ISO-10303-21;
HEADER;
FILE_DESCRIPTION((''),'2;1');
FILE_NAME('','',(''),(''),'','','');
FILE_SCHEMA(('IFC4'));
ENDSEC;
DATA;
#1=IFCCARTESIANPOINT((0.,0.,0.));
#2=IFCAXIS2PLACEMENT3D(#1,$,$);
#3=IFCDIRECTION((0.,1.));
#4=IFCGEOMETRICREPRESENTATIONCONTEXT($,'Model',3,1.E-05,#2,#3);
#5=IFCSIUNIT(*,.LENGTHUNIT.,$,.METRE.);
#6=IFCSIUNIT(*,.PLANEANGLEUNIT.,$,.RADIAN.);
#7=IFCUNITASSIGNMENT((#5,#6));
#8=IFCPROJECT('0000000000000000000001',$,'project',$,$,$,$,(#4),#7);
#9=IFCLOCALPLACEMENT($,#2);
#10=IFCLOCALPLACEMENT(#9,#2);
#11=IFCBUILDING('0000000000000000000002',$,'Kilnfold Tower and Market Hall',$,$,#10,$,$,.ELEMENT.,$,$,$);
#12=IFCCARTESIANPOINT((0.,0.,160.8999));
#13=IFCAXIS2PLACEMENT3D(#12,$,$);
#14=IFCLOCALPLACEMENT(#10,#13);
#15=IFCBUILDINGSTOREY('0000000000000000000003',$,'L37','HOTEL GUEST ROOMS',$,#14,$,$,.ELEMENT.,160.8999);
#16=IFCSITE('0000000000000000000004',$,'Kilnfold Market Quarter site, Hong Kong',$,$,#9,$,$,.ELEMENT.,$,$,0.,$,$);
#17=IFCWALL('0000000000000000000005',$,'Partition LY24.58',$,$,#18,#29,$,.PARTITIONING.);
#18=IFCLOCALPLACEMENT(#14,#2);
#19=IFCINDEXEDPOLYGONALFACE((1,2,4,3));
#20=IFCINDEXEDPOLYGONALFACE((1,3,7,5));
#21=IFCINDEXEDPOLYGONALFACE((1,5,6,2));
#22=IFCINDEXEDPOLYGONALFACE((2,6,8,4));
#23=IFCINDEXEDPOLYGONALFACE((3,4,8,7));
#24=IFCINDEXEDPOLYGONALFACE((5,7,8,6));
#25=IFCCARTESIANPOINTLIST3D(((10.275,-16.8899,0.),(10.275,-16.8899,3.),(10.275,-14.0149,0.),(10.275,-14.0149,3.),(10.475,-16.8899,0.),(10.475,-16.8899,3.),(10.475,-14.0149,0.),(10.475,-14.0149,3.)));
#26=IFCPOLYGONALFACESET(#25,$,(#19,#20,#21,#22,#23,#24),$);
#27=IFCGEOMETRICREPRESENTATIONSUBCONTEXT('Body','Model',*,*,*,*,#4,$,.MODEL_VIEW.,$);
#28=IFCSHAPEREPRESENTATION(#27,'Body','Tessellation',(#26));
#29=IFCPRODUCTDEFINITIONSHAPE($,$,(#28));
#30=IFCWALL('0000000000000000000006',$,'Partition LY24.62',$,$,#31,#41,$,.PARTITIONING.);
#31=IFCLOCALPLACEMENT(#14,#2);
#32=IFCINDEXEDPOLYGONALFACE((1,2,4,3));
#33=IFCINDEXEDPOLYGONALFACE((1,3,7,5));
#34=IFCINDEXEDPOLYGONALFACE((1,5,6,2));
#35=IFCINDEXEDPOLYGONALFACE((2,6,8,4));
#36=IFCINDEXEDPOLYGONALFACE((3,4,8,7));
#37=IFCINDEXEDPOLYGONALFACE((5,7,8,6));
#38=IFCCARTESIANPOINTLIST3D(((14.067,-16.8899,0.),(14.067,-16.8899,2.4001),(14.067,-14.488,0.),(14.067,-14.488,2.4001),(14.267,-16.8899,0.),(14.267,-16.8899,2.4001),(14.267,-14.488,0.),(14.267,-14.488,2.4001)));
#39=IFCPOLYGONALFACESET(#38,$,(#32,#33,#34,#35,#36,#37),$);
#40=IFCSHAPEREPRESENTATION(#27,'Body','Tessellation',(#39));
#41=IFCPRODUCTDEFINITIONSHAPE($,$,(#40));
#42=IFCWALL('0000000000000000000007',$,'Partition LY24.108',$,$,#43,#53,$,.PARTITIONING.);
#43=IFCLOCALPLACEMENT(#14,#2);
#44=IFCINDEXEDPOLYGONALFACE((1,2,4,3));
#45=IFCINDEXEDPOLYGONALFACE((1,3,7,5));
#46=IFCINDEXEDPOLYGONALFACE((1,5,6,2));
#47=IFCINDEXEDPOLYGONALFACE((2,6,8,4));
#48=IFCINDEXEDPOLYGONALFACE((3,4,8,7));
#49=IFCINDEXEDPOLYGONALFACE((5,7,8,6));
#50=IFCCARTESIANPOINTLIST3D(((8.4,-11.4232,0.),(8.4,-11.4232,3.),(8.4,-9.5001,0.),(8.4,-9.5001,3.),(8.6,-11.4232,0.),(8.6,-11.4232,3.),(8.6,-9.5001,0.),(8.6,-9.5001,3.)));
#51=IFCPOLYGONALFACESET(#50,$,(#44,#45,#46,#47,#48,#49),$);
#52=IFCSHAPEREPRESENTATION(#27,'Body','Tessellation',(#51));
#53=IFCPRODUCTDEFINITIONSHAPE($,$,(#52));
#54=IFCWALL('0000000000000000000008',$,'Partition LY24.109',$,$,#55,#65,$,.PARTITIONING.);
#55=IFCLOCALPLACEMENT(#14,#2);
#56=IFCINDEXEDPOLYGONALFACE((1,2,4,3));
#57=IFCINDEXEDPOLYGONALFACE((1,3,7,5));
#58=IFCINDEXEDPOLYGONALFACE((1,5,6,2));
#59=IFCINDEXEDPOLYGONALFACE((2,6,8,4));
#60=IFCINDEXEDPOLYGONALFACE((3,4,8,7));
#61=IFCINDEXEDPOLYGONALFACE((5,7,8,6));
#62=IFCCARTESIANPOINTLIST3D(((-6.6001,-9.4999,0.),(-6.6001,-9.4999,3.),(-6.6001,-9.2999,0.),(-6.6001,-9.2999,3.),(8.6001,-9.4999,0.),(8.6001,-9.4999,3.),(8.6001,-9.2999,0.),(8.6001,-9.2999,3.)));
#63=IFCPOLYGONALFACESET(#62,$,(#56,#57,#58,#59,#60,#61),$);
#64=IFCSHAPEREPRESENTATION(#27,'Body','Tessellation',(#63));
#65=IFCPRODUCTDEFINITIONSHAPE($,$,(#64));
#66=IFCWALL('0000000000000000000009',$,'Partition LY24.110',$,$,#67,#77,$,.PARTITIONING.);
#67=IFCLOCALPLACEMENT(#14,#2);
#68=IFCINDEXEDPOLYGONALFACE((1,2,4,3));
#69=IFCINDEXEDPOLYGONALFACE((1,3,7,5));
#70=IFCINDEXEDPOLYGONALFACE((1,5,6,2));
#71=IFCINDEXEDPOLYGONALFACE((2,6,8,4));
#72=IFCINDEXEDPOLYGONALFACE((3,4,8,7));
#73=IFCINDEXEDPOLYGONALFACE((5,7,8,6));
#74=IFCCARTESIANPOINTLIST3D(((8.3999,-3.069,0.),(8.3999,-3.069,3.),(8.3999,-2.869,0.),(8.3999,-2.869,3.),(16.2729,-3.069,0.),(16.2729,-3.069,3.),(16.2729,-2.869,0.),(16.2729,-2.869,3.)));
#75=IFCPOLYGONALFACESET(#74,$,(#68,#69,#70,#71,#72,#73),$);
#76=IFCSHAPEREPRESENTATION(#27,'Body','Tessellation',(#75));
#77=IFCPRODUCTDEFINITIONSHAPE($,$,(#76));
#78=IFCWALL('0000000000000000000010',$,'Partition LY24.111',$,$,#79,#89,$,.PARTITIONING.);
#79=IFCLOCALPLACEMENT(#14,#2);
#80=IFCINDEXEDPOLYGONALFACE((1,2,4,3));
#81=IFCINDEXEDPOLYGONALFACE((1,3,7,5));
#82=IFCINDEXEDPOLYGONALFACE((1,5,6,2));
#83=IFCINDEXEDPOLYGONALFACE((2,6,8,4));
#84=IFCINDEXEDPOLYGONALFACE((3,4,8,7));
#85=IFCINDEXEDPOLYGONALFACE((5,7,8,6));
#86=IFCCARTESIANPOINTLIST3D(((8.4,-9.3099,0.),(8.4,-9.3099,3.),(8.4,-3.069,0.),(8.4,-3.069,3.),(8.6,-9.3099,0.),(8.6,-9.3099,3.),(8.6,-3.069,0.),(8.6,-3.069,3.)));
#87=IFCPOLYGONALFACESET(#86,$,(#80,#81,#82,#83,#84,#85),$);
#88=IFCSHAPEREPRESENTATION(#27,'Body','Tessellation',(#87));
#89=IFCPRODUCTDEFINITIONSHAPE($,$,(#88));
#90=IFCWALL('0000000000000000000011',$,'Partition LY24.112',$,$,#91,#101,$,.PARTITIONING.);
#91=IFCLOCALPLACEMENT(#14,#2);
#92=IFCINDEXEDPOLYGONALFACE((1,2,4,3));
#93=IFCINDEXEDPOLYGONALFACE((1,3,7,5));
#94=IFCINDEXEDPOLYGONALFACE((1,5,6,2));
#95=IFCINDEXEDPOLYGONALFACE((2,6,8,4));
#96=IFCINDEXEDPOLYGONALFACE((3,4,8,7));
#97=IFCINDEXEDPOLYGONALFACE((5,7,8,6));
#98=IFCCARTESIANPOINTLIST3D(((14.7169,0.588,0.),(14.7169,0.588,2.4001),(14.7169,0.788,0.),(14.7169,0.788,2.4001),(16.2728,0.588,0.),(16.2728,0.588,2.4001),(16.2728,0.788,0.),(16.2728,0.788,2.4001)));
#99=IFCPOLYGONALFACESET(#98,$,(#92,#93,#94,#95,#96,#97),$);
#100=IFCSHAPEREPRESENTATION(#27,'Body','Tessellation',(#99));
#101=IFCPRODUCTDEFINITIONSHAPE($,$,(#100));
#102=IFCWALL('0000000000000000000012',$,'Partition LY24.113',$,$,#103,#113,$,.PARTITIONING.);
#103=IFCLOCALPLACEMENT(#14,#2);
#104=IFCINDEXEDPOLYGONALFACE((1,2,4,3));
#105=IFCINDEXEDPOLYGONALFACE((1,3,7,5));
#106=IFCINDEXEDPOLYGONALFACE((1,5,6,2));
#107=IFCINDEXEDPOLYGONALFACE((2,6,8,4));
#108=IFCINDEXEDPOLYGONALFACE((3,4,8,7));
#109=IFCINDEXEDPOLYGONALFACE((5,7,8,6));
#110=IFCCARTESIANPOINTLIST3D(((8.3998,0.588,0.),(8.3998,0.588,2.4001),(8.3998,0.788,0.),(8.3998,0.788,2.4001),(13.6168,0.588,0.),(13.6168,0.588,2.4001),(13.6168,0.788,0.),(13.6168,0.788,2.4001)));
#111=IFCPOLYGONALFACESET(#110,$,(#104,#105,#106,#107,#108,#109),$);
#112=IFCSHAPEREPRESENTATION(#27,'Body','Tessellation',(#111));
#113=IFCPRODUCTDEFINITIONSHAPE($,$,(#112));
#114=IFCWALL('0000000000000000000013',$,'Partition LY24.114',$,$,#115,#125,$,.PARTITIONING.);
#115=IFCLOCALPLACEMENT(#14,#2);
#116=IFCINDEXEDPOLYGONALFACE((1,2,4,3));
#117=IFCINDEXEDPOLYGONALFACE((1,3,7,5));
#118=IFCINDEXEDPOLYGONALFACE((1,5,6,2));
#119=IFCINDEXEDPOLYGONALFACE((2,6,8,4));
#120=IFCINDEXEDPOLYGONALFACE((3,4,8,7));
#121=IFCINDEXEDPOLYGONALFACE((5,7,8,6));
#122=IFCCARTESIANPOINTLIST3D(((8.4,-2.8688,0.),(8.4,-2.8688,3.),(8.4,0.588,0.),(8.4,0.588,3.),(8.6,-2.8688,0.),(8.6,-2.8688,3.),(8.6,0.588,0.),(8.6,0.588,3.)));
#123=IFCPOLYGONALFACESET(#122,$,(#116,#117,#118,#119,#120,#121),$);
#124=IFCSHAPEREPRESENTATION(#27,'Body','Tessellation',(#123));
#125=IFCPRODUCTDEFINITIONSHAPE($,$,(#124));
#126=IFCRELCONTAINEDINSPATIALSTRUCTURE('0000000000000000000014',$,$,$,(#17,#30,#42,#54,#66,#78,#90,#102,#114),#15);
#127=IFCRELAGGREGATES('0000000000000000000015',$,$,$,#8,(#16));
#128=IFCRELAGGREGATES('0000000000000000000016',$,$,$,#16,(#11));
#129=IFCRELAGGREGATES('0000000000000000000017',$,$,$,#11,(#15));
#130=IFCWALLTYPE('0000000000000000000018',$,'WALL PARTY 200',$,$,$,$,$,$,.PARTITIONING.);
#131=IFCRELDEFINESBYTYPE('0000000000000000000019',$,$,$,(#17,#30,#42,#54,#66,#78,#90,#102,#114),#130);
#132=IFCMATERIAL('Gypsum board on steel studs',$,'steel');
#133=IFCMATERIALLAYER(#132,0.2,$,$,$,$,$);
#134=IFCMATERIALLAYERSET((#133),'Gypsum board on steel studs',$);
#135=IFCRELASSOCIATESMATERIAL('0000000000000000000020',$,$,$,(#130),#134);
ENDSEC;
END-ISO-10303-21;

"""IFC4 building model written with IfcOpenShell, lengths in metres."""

from ifc_helpers import new_model, si_unit, direction, frame, frame_2d, origin, place, context, subcontext, project, spatial, rectangle, extrude, material, layer, layer_set, type_object, element, save


model = new_model("IFC4")

# Units and contexts
model_context = context("Model", 3, precision=1e-05, world=origin(), true_north=direction((0.0, 1.0)))
body_context = subcontext(model_context, "Body", "Model", "MODEL_VIEW")
ifc_project = project(units=[si_unit("LENGTHUNIT", "METRE"), si_unit("PLANEANGLEUNIT", "RADIAN")], contexts=[model_context])

# Site, building, storey
site_placement = place(None, origin())
site = spatial("IfcSite", under=ifc_project, at=site_placement, Name="Kilnfold Market Quarter site, Hong Kong", CompositionType="ELEMENT", RefElevation=0.0)
building_placement = place(site_placement, origin())
building = spatial("IfcBuilding", under=site, at=building_placement, Name="Kilnfold Tower and Market Hall", CompositionType="ELEMENT")
storey_placement = place(building_placement, frame((0.0, 0.0, 160.8999)))
storey = spatial("IfcBuildingStorey", under=building, at=storey_placement, Name="L37", Description="HOTEL GUEST ROOMS", CompositionType="ELEMENT", Elevation=160.8999)

# Walls
ifc_material_1 = material(Name="Gypsum board on steel studs", Category="steel")
ifc_layer_1 = layer(ifc_material_1, 0.2)
ifc_layer_set_1 = layer_set([ifc_layer_1], Name="Gypsum board on steel studs")
wall_type_1 = type_object("IfcWallType", Name="WALL PARTY 200", PredefinedType="PARTITIONING", material=ifc_layer_set_1)
wall_1_placement = place(storey_placement, frame((10.375, -16.8899, 0.0), z_axis=(0.0, 0.0, 1.0), x_axis=(0.0, 1.0, 0.0)))
element("IfcWall", 1, at=wall_1_placement, inside=storey, type_object=wall_type_1, Name="Partition LY24.58", PredefinedType="PARTITIONING", context=body_context, shape_type="SweptSolid", body=[
    extrude(rectangle(XDim=2.875, YDim=0.2, at=frame_2d((1.4375, 0.0))), origin(), (0.0, 0.0, 1.0), 3.0),
])
wall_2_placement = place(storey_placement, frame((14.167, -16.8899, 0.0), z_axis=(0.0, 0.0, 1.0), x_axis=(0.0, 1.0, 0.0)))
element("IfcWall", 2, at=wall_2_placement, inside=storey, type_object=wall_type_1, Name="Partition LY24.62", PredefinedType="PARTITIONING", context=body_context, shape_type="SweptSolid", body=[
    extrude(rectangle(XDim=2.4019, YDim=0.2, at=frame_2d((1.2009, 0.0))), origin(), (0.0, 0.0, 1.0), 2.4001),
])
wall_3_placement = place(storey_placement, frame((8.5, -11.4231, 0.0), z_axis=(0.0, 0.0, 1.0), x_axis=(0.0, 1.0, 0.0)))
element("IfcWall", 3, at=wall_3_placement, inside=storey, type_object=wall_type_1, Name="Partition LY24.108", PredefinedType="PARTITIONING", context=body_context, shape_type="SweptSolid", body=[
    extrude(rectangle(XDim=1.9231, YDim=0.2, at=frame_2d((0.9614, 0.0))), origin(), (0.0, 0.0, 1.0), 3.0),
])
wall_4_placement = place(storey_placement, frame((8.6001, -9.3999, 0.0), z_axis=(0.0, 0.0, 1.0), x_axis=(-1.0, 0.0, 0.0)))
element("IfcWall", 4, at=wall_4_placement, inside=storey, type_object=wall_type_1, Name="Partition LY24.109", PredefinedType="PARTITIONING", context=body_context, shape_type="SweptSolid", body=[
    extrude(rectangle(XDim=15.2002, YDim=0.2, at=frame_2d((7.6001, 0.0))), origin(), (0.0, 0.0, 1.0), 3.0),
])
wall_5_placement = place(storey_placement, frame((8.3999, -2.969, 0.0), z_axis=(0.0, 0.0, 1.0), x_axis=(1.0, 0.0, 0.0)))
element("IfcWall", 5, at=wall_5_placement, inside=storey, type_object=wall_type_1, Name="Partition LY24.110", PredefinedType="PARTITIONING", context=body_context, shape_type="SweptSolid", body=[
    extrude(rectangle(XDim=7.873, YDim=0.2, at=frame_2d((3.9365, 0.0))), origin(), (0.0, 0.0, 1.0), 3.0),
])
wall_6_placement = place(storey_placement, frame((8.5, -9.3101, 0.0), z_axis=(0.0, 0.0, 1.0), x_axis=(0.0, 1.0, 0.0)))
element("IfcWall", 6, at=wall_6_placement, inside=storey, type_object=wall_type_1, Name="Partition LY24.111", PredefinedType="PARTITIONING", context=body_context, shape_type="SweptSolid", body=[
    extrude(rectangle(XDim=6.241, YDim=0.2, at=frame_2d((3.1206, 0.0))), origin(), (0.0, 0.0, 1.0), 3.0),
])
wall_7_placement = place(storey_placement, frame((14.717, 0.688, 0.0), z_axis=(0.0, 0.0, 1.0), x_axis=(1.0, 0.0, 0.0)))
element("IfcWall", 7, at=wall_7_placement, inside=storey, type_object=wall_type_1, Name="Partition LY24.112", PredefinedType="PARTITIONING", context=body_context, shape_type="SweptSolid", body=[
    extrude(rectangle(XDim=1.5559, YDim=0.2, at=frame_2d((0.7778, 0.0))), origin(), (0.0, 0.0, 1.0), 2.4001),
])
wall_8_placement = place(storey_placement, frame((8.3999, 0.688, 0.0), z_axis=(0.0, 0.0, 1.0), x_axis=(1.0, 0.0, 0.0)))
element("IfcWall", 8, at=wall_8_placement, inside=storey, type_object=wall_type_1, Name="Partition LY24.113", PredefinedType="PARTITIONING", context=body_context, shape_type="SweptSolid", body=[
    extrude(rectangle(XDim=5.217, YDim=0.2, at=frame_2d((2.6084, 0.0))), origin(), (0.0, 0.0, 1.0), 2.4001),
])
wall_9_placement = place(storey_placement, frame((8.5, -2.8689, 0.0), z_axis=(0.0, 0.0, 1.0), x_axis=(0.0, 1.0, 0.0)))
element("IfcWall", 9, at=wall_9_placement, inside=storey, type_object=wall_type_1, Name="Partition LY24.114", PredefinedType="PARTITIONING", context=body_context, shape_type="SweptSolid", body=[
    extrude(rectangle(XDim=3.4568, YDim=0.2, at=frame_2d((1.7285, 0.0))), origin(), (0.0, 0.0, 1.0), 3.0),
])

save(model, "model.ifc")
